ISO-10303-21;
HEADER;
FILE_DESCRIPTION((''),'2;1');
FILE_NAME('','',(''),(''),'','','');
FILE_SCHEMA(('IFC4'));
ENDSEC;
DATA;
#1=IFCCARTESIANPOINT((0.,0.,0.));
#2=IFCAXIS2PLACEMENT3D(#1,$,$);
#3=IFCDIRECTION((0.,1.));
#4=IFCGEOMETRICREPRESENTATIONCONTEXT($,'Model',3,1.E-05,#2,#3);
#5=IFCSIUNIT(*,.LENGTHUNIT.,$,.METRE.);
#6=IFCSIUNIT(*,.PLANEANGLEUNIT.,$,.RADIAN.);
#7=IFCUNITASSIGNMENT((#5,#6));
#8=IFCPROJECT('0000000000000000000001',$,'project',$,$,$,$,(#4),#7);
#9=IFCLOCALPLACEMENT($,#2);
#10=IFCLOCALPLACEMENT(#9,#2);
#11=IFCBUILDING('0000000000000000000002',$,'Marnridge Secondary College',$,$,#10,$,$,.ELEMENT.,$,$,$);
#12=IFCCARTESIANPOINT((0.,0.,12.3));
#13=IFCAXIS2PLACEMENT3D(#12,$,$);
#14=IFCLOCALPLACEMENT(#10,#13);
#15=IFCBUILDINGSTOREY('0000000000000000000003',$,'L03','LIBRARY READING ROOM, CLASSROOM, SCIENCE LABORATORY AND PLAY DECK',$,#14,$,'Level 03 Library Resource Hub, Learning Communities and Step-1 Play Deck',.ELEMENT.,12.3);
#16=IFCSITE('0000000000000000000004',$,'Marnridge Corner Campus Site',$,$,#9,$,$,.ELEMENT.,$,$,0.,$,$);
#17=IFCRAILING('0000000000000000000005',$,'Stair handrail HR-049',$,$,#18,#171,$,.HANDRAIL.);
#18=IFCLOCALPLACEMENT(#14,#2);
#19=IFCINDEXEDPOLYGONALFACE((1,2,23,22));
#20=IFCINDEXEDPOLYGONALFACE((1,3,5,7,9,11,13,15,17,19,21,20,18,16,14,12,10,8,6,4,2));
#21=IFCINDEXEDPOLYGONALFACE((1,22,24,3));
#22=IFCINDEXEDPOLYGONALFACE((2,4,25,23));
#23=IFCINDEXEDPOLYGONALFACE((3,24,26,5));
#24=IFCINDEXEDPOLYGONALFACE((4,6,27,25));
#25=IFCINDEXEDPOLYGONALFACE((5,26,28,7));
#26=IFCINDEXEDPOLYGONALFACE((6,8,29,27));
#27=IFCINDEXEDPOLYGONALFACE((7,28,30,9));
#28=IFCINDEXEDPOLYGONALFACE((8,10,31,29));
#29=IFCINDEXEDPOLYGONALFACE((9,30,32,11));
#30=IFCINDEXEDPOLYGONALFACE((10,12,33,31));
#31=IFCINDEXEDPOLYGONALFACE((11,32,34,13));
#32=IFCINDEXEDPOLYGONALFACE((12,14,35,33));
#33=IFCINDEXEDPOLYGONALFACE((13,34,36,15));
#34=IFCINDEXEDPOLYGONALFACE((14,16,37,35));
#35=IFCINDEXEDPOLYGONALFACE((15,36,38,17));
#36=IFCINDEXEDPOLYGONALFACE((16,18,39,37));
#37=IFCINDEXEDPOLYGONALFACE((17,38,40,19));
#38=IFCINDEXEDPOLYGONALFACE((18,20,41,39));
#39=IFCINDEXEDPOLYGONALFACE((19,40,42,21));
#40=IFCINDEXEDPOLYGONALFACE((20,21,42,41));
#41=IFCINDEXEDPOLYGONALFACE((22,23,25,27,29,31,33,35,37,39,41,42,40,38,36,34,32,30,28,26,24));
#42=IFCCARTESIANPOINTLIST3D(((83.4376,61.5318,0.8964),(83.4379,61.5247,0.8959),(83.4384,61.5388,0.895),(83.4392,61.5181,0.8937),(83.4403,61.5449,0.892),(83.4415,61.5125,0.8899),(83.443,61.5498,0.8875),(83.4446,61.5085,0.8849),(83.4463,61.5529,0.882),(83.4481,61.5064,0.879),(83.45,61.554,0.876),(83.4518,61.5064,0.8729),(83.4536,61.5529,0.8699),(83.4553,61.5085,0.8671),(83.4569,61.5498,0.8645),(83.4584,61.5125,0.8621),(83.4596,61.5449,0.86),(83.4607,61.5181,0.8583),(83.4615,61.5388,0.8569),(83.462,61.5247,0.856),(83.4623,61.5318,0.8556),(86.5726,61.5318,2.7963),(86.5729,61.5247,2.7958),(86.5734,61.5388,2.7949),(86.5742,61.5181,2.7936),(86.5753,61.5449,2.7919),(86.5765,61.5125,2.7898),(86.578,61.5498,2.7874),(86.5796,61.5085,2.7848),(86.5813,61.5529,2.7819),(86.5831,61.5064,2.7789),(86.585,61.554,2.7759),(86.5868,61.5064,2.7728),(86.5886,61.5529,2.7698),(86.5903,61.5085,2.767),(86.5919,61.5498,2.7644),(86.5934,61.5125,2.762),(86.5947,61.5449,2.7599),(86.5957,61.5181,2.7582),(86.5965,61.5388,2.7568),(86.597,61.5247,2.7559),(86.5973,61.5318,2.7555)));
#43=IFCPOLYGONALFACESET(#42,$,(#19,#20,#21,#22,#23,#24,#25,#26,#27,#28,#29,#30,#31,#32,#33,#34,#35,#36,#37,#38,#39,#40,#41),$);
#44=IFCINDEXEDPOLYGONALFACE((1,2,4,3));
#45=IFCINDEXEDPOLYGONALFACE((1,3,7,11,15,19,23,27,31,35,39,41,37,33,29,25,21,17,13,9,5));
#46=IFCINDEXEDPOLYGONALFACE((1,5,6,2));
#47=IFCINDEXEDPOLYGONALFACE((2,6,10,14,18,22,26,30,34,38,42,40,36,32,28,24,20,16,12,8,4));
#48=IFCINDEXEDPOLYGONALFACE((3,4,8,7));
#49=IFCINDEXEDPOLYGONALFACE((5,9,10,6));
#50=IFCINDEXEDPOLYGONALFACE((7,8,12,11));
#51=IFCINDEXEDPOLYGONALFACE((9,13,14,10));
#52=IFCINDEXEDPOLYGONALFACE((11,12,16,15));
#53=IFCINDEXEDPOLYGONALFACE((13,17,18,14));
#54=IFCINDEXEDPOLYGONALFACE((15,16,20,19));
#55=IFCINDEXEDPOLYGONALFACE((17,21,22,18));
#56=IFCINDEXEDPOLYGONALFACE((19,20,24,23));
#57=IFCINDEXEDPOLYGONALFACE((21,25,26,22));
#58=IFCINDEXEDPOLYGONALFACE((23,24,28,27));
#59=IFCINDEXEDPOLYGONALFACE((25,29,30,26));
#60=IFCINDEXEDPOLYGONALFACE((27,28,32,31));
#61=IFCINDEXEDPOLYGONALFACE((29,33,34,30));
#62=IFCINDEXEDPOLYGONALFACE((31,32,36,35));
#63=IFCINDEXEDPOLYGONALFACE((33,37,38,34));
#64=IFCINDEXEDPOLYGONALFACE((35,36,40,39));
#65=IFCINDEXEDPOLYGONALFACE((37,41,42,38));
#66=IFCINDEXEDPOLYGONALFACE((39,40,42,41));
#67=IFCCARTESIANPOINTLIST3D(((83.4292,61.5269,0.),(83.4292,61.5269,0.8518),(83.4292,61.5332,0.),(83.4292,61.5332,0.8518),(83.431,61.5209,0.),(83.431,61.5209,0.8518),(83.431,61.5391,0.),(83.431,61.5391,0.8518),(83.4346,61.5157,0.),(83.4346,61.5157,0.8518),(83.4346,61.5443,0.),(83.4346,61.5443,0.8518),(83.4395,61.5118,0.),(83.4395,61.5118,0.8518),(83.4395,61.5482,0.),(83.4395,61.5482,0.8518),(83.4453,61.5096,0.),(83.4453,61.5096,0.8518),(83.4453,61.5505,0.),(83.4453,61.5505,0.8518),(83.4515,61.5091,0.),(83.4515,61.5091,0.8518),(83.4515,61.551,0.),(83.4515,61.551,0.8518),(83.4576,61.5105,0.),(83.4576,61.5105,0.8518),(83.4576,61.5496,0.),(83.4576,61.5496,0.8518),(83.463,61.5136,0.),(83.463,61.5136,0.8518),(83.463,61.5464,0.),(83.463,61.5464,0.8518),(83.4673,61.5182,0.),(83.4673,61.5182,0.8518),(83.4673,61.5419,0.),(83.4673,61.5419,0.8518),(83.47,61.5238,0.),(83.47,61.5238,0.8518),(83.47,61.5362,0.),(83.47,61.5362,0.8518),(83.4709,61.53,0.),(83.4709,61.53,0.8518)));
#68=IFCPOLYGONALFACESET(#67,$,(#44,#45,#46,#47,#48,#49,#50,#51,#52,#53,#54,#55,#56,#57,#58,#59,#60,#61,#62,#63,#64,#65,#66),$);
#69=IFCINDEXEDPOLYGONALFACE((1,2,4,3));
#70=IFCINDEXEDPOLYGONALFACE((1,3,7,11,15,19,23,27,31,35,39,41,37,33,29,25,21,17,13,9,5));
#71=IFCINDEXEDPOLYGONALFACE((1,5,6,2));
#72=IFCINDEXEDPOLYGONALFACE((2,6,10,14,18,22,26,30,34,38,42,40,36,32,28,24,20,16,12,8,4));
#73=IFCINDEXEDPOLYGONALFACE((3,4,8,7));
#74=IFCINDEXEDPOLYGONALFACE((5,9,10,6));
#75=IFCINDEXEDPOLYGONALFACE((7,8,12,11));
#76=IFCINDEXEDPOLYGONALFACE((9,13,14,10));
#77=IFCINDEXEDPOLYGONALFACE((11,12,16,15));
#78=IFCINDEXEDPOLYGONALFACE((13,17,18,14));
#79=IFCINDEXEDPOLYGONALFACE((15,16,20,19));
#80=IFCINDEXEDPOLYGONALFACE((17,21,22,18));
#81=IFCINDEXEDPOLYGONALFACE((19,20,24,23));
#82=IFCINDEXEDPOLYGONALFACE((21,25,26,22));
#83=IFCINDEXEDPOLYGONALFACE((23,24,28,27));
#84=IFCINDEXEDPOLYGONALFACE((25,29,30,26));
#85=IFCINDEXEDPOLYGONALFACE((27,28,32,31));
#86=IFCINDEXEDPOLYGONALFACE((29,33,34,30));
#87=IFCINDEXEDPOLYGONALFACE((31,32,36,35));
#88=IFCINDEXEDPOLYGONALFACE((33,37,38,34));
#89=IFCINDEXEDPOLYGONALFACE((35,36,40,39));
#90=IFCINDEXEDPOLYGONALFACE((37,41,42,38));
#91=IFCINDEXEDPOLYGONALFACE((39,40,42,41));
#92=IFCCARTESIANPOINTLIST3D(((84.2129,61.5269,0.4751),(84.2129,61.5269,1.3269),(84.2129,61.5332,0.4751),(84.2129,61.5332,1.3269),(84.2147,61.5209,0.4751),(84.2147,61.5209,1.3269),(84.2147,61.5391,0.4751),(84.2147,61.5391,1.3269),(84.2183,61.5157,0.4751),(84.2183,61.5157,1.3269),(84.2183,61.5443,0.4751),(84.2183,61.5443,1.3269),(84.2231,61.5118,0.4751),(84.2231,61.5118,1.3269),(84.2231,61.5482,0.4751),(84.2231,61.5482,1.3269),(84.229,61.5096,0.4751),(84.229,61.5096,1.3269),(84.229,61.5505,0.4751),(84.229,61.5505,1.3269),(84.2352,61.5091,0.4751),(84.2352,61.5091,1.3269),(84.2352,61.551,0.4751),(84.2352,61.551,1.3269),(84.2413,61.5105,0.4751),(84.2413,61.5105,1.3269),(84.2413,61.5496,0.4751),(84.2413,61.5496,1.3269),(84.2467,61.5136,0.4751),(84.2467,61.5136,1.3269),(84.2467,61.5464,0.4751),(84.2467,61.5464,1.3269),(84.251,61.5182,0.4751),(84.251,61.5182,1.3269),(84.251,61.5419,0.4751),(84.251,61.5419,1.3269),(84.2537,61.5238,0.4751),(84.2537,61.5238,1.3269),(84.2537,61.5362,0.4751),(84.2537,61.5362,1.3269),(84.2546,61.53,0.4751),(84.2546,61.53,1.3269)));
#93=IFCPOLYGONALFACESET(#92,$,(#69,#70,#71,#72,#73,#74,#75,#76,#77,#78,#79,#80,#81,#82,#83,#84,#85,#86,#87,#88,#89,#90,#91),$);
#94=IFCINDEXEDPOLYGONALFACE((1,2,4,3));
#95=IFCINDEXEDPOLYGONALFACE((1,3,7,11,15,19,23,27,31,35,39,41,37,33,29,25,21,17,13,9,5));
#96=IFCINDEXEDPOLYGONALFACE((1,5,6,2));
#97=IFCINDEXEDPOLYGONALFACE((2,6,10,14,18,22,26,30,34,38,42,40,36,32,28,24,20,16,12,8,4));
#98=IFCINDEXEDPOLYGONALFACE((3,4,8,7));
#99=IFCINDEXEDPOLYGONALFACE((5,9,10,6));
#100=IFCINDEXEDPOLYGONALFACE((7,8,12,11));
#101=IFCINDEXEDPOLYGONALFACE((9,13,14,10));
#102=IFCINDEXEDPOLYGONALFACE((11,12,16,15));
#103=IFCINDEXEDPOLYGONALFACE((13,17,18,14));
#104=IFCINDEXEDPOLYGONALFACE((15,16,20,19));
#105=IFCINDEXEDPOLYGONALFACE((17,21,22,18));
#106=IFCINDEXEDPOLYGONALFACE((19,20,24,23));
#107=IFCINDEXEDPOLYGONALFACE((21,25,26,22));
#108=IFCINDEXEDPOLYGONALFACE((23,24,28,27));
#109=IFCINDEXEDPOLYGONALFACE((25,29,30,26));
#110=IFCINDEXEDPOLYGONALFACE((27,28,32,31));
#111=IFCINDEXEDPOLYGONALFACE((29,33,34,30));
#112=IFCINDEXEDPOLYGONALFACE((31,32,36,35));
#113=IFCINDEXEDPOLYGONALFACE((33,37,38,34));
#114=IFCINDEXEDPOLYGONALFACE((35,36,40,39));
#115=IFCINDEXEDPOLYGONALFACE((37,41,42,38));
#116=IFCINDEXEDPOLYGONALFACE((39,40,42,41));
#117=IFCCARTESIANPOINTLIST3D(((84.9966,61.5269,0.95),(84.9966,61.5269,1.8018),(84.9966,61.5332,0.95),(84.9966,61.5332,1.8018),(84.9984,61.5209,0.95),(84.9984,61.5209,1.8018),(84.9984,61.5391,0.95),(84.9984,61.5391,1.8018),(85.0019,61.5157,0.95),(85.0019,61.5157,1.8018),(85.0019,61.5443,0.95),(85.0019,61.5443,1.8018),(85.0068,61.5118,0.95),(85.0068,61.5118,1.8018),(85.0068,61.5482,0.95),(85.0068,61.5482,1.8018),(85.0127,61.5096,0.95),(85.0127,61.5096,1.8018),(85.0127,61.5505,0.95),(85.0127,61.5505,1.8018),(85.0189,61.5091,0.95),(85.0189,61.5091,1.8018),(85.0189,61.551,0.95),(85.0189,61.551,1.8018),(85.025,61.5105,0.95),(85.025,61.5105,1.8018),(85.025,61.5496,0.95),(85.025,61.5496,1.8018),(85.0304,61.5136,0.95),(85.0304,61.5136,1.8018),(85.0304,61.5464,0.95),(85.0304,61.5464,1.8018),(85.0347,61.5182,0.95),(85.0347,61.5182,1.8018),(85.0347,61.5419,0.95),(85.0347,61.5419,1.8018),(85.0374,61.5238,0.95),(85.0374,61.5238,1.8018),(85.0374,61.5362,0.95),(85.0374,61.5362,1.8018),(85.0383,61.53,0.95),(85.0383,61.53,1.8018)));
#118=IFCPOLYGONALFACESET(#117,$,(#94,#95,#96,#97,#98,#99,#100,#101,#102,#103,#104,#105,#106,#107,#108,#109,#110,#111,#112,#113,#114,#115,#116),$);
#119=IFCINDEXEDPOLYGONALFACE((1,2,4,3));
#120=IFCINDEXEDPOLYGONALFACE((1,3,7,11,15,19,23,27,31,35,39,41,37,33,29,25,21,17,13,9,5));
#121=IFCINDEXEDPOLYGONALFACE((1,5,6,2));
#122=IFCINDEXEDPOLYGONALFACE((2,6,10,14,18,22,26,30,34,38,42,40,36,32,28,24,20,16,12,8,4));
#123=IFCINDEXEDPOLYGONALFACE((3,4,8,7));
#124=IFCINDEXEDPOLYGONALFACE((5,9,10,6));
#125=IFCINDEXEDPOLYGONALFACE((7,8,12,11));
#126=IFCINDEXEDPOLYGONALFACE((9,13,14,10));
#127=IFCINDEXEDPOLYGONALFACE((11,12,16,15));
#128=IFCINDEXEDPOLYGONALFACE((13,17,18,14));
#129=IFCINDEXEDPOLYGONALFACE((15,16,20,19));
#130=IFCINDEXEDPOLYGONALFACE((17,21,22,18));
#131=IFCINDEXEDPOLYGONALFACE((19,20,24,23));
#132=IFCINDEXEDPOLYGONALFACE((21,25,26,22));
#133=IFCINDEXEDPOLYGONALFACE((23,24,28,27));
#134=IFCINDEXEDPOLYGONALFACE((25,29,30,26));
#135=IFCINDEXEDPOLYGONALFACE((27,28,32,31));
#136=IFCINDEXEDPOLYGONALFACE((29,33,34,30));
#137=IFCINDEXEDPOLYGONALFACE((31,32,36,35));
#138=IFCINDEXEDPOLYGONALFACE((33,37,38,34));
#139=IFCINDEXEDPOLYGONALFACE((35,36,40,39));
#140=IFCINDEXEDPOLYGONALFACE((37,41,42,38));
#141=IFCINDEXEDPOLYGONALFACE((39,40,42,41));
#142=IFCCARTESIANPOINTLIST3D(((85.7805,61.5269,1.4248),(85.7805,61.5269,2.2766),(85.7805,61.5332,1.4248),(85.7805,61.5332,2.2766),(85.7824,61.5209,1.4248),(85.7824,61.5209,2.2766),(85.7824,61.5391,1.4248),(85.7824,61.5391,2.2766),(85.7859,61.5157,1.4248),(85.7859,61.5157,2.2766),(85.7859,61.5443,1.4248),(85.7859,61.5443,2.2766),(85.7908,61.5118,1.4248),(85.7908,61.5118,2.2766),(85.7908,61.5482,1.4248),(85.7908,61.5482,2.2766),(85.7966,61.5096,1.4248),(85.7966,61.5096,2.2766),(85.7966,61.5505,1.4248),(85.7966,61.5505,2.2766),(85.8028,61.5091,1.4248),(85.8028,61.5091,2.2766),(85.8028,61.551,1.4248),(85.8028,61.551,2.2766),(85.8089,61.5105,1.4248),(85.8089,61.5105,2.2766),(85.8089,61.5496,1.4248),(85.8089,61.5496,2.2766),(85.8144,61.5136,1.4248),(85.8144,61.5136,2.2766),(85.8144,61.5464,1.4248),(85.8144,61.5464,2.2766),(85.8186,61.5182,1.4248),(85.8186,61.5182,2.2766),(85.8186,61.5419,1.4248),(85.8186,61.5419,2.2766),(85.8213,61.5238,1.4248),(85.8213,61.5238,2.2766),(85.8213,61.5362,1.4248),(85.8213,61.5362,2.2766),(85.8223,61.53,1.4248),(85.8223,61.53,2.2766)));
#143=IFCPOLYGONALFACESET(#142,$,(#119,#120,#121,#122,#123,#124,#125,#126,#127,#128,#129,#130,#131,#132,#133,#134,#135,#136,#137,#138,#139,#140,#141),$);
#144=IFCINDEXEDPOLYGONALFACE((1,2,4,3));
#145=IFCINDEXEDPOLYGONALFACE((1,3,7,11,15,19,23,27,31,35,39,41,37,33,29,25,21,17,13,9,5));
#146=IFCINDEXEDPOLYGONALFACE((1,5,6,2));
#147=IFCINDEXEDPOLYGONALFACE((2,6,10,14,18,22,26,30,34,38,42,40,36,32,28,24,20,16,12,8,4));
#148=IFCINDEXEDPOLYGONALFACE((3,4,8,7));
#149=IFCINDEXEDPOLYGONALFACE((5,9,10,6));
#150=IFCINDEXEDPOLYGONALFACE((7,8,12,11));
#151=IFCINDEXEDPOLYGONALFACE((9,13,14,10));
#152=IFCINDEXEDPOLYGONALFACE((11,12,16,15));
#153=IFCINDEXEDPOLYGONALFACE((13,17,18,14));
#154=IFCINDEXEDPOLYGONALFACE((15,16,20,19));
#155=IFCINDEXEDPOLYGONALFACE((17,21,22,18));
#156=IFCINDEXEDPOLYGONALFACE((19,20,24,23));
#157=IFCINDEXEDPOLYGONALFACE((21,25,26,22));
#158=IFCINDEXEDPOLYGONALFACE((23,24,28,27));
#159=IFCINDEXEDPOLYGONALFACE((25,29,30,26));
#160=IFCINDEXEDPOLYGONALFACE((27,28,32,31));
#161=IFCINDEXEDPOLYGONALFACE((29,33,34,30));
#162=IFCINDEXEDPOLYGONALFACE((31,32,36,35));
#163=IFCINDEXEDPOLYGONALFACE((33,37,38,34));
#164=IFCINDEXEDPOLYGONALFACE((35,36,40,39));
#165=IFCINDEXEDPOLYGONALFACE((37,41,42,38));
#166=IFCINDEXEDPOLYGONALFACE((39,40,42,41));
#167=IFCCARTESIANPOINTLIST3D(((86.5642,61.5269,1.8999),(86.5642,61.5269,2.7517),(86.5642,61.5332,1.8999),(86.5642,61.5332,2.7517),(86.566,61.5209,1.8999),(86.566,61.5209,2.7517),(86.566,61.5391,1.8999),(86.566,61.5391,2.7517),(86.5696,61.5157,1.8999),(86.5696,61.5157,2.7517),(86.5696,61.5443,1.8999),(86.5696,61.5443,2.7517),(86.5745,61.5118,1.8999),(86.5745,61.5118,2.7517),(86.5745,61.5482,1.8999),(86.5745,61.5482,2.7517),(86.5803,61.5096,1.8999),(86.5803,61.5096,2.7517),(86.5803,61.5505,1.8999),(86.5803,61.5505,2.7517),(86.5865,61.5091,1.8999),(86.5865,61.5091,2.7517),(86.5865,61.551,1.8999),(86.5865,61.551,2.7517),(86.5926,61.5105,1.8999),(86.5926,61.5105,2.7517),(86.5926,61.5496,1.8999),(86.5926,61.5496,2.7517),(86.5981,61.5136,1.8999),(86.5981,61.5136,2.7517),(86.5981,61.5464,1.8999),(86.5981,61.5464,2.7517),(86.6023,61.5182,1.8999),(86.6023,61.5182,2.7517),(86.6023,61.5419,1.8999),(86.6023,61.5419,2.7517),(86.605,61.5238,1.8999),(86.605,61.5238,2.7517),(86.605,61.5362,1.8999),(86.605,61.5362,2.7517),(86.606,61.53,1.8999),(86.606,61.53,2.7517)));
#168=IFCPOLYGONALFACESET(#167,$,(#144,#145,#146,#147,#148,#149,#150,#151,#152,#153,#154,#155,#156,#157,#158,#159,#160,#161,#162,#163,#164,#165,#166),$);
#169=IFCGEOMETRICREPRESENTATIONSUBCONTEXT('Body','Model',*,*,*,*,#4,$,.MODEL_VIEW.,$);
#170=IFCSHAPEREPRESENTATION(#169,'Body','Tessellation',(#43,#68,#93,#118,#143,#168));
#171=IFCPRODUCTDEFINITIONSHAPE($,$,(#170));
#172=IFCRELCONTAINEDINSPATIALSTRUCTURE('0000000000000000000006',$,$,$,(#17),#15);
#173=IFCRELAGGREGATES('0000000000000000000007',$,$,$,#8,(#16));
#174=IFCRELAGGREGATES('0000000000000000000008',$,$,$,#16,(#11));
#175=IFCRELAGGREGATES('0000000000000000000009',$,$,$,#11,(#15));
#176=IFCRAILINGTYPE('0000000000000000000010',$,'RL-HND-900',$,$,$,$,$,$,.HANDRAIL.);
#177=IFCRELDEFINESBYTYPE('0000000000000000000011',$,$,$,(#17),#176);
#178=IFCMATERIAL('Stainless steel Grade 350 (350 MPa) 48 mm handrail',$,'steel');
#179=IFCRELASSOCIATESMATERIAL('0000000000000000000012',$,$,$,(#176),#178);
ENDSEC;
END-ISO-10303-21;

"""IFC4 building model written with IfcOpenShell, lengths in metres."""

from ifc_helpers import new_model, si_unit, direction, frame, origin, origin_2d, place, context, subcontext, project, spatial, circle, extrude, material, type_object, element, save


model = new_model("IFC4")

# Units and contexts
model_context = context("Model", 3, precision=1e-05, world=origin(), true_north=direction((0.0, 1.0)))
body_context = subcontext(model_context, "Body", "Model", "MODEL_VIEW")
ifc_project = project(units=[si_unit("LENGTHUNIT", "METRE"), si_unit("PLANEANGLEUNIT", "RADIAN")], contexts=[model_context])

# Site, building, storey
site_placement = place(None, origin())
site = spatial("IfcSite", under=ifc_project, at=site_placement, Name="Marnridge Corner Campus Site", CompositionType="ELEMENT", RefElevation=0.0)
building_placement = place(site_placement, origin())
building = spatial("IfcBuilding", under=site, at=building_placement, Name="Marnridge Secondary College", CompositionType="ELEMENT")
storey_placement = place(building_placement, frame((0.0, 0.0, 12.3)))
storey = spatial("IfcBuildingStorey", under=building, at=storey_placement, Name="L03", Description="LIBRARY READING ROOM, CLASSROOM, SCIENCE LABORATORY AND PLAY DECK", LongName="Level 03 Library Resource Hub, Learning Communities and Step-1 Play Deck", CompositionType="ELEMENT", Elevation=12.3)

# Railing
ifc_material_1 = material(Name="Stainless steel Grade 350 (350 MPa) 48 mm handrail", Category="steel")
railing_type_1 = type_object("IfcRailingType", Name="RL-HND-900", PredefinedType="HANDRAIL", material=ifc_material_1)
for number, where, name in (
    (1, (83.45, 61.53, 0.0), "Stair handrail HR-049"),
):
    element("IfcRailing", number, at=place(storey_placement, frame(where)), inside=storey, type_object=railing_type_1, Name=name, PredefinedType="HANDRAIL", context=body_context, shape_type="SweptSolid", body=[
        extrude(circle(Radius=0.0239, at=origin_2d()), frame((0.0, 0.0, 0.876), z_axis=(0.85521, 0.0, 0.518281), x_axis=(0.0, 1.0, 0.0)), (0.0, 0.0, 1.0), 3.6658),
        extrude(circle(Radius=0.021, at=origin_2d()), origin(), (0.0, 0.0, 1.0), 0.8518),
        extrude(circle(Radius=0.021, at=origin_2d()), frame((0.7837, 0.0, 0.4751)), (0.0, 0.0, 1.0), 0.8518),
        extrude(circle(Radius=0.021, at=origin_2d()), frame((1.5674, 0.0, 0.95)), (0.0, 0.0, 1.0), 0.8518),
        extrude(circle(Radius=0.021, at=origin_2d()), frame((2.3513, 0.0, 1.4248)), (0.0, 0.0, 1.0), 0.8518),
        extrude(circle(Radius=0.021, at=origin_2d()), frame((3.135, 0.0, 1.8999)), (0.0, 0.0, 1.0), 0.8518),
    ])

save(model, "model.ifc")
